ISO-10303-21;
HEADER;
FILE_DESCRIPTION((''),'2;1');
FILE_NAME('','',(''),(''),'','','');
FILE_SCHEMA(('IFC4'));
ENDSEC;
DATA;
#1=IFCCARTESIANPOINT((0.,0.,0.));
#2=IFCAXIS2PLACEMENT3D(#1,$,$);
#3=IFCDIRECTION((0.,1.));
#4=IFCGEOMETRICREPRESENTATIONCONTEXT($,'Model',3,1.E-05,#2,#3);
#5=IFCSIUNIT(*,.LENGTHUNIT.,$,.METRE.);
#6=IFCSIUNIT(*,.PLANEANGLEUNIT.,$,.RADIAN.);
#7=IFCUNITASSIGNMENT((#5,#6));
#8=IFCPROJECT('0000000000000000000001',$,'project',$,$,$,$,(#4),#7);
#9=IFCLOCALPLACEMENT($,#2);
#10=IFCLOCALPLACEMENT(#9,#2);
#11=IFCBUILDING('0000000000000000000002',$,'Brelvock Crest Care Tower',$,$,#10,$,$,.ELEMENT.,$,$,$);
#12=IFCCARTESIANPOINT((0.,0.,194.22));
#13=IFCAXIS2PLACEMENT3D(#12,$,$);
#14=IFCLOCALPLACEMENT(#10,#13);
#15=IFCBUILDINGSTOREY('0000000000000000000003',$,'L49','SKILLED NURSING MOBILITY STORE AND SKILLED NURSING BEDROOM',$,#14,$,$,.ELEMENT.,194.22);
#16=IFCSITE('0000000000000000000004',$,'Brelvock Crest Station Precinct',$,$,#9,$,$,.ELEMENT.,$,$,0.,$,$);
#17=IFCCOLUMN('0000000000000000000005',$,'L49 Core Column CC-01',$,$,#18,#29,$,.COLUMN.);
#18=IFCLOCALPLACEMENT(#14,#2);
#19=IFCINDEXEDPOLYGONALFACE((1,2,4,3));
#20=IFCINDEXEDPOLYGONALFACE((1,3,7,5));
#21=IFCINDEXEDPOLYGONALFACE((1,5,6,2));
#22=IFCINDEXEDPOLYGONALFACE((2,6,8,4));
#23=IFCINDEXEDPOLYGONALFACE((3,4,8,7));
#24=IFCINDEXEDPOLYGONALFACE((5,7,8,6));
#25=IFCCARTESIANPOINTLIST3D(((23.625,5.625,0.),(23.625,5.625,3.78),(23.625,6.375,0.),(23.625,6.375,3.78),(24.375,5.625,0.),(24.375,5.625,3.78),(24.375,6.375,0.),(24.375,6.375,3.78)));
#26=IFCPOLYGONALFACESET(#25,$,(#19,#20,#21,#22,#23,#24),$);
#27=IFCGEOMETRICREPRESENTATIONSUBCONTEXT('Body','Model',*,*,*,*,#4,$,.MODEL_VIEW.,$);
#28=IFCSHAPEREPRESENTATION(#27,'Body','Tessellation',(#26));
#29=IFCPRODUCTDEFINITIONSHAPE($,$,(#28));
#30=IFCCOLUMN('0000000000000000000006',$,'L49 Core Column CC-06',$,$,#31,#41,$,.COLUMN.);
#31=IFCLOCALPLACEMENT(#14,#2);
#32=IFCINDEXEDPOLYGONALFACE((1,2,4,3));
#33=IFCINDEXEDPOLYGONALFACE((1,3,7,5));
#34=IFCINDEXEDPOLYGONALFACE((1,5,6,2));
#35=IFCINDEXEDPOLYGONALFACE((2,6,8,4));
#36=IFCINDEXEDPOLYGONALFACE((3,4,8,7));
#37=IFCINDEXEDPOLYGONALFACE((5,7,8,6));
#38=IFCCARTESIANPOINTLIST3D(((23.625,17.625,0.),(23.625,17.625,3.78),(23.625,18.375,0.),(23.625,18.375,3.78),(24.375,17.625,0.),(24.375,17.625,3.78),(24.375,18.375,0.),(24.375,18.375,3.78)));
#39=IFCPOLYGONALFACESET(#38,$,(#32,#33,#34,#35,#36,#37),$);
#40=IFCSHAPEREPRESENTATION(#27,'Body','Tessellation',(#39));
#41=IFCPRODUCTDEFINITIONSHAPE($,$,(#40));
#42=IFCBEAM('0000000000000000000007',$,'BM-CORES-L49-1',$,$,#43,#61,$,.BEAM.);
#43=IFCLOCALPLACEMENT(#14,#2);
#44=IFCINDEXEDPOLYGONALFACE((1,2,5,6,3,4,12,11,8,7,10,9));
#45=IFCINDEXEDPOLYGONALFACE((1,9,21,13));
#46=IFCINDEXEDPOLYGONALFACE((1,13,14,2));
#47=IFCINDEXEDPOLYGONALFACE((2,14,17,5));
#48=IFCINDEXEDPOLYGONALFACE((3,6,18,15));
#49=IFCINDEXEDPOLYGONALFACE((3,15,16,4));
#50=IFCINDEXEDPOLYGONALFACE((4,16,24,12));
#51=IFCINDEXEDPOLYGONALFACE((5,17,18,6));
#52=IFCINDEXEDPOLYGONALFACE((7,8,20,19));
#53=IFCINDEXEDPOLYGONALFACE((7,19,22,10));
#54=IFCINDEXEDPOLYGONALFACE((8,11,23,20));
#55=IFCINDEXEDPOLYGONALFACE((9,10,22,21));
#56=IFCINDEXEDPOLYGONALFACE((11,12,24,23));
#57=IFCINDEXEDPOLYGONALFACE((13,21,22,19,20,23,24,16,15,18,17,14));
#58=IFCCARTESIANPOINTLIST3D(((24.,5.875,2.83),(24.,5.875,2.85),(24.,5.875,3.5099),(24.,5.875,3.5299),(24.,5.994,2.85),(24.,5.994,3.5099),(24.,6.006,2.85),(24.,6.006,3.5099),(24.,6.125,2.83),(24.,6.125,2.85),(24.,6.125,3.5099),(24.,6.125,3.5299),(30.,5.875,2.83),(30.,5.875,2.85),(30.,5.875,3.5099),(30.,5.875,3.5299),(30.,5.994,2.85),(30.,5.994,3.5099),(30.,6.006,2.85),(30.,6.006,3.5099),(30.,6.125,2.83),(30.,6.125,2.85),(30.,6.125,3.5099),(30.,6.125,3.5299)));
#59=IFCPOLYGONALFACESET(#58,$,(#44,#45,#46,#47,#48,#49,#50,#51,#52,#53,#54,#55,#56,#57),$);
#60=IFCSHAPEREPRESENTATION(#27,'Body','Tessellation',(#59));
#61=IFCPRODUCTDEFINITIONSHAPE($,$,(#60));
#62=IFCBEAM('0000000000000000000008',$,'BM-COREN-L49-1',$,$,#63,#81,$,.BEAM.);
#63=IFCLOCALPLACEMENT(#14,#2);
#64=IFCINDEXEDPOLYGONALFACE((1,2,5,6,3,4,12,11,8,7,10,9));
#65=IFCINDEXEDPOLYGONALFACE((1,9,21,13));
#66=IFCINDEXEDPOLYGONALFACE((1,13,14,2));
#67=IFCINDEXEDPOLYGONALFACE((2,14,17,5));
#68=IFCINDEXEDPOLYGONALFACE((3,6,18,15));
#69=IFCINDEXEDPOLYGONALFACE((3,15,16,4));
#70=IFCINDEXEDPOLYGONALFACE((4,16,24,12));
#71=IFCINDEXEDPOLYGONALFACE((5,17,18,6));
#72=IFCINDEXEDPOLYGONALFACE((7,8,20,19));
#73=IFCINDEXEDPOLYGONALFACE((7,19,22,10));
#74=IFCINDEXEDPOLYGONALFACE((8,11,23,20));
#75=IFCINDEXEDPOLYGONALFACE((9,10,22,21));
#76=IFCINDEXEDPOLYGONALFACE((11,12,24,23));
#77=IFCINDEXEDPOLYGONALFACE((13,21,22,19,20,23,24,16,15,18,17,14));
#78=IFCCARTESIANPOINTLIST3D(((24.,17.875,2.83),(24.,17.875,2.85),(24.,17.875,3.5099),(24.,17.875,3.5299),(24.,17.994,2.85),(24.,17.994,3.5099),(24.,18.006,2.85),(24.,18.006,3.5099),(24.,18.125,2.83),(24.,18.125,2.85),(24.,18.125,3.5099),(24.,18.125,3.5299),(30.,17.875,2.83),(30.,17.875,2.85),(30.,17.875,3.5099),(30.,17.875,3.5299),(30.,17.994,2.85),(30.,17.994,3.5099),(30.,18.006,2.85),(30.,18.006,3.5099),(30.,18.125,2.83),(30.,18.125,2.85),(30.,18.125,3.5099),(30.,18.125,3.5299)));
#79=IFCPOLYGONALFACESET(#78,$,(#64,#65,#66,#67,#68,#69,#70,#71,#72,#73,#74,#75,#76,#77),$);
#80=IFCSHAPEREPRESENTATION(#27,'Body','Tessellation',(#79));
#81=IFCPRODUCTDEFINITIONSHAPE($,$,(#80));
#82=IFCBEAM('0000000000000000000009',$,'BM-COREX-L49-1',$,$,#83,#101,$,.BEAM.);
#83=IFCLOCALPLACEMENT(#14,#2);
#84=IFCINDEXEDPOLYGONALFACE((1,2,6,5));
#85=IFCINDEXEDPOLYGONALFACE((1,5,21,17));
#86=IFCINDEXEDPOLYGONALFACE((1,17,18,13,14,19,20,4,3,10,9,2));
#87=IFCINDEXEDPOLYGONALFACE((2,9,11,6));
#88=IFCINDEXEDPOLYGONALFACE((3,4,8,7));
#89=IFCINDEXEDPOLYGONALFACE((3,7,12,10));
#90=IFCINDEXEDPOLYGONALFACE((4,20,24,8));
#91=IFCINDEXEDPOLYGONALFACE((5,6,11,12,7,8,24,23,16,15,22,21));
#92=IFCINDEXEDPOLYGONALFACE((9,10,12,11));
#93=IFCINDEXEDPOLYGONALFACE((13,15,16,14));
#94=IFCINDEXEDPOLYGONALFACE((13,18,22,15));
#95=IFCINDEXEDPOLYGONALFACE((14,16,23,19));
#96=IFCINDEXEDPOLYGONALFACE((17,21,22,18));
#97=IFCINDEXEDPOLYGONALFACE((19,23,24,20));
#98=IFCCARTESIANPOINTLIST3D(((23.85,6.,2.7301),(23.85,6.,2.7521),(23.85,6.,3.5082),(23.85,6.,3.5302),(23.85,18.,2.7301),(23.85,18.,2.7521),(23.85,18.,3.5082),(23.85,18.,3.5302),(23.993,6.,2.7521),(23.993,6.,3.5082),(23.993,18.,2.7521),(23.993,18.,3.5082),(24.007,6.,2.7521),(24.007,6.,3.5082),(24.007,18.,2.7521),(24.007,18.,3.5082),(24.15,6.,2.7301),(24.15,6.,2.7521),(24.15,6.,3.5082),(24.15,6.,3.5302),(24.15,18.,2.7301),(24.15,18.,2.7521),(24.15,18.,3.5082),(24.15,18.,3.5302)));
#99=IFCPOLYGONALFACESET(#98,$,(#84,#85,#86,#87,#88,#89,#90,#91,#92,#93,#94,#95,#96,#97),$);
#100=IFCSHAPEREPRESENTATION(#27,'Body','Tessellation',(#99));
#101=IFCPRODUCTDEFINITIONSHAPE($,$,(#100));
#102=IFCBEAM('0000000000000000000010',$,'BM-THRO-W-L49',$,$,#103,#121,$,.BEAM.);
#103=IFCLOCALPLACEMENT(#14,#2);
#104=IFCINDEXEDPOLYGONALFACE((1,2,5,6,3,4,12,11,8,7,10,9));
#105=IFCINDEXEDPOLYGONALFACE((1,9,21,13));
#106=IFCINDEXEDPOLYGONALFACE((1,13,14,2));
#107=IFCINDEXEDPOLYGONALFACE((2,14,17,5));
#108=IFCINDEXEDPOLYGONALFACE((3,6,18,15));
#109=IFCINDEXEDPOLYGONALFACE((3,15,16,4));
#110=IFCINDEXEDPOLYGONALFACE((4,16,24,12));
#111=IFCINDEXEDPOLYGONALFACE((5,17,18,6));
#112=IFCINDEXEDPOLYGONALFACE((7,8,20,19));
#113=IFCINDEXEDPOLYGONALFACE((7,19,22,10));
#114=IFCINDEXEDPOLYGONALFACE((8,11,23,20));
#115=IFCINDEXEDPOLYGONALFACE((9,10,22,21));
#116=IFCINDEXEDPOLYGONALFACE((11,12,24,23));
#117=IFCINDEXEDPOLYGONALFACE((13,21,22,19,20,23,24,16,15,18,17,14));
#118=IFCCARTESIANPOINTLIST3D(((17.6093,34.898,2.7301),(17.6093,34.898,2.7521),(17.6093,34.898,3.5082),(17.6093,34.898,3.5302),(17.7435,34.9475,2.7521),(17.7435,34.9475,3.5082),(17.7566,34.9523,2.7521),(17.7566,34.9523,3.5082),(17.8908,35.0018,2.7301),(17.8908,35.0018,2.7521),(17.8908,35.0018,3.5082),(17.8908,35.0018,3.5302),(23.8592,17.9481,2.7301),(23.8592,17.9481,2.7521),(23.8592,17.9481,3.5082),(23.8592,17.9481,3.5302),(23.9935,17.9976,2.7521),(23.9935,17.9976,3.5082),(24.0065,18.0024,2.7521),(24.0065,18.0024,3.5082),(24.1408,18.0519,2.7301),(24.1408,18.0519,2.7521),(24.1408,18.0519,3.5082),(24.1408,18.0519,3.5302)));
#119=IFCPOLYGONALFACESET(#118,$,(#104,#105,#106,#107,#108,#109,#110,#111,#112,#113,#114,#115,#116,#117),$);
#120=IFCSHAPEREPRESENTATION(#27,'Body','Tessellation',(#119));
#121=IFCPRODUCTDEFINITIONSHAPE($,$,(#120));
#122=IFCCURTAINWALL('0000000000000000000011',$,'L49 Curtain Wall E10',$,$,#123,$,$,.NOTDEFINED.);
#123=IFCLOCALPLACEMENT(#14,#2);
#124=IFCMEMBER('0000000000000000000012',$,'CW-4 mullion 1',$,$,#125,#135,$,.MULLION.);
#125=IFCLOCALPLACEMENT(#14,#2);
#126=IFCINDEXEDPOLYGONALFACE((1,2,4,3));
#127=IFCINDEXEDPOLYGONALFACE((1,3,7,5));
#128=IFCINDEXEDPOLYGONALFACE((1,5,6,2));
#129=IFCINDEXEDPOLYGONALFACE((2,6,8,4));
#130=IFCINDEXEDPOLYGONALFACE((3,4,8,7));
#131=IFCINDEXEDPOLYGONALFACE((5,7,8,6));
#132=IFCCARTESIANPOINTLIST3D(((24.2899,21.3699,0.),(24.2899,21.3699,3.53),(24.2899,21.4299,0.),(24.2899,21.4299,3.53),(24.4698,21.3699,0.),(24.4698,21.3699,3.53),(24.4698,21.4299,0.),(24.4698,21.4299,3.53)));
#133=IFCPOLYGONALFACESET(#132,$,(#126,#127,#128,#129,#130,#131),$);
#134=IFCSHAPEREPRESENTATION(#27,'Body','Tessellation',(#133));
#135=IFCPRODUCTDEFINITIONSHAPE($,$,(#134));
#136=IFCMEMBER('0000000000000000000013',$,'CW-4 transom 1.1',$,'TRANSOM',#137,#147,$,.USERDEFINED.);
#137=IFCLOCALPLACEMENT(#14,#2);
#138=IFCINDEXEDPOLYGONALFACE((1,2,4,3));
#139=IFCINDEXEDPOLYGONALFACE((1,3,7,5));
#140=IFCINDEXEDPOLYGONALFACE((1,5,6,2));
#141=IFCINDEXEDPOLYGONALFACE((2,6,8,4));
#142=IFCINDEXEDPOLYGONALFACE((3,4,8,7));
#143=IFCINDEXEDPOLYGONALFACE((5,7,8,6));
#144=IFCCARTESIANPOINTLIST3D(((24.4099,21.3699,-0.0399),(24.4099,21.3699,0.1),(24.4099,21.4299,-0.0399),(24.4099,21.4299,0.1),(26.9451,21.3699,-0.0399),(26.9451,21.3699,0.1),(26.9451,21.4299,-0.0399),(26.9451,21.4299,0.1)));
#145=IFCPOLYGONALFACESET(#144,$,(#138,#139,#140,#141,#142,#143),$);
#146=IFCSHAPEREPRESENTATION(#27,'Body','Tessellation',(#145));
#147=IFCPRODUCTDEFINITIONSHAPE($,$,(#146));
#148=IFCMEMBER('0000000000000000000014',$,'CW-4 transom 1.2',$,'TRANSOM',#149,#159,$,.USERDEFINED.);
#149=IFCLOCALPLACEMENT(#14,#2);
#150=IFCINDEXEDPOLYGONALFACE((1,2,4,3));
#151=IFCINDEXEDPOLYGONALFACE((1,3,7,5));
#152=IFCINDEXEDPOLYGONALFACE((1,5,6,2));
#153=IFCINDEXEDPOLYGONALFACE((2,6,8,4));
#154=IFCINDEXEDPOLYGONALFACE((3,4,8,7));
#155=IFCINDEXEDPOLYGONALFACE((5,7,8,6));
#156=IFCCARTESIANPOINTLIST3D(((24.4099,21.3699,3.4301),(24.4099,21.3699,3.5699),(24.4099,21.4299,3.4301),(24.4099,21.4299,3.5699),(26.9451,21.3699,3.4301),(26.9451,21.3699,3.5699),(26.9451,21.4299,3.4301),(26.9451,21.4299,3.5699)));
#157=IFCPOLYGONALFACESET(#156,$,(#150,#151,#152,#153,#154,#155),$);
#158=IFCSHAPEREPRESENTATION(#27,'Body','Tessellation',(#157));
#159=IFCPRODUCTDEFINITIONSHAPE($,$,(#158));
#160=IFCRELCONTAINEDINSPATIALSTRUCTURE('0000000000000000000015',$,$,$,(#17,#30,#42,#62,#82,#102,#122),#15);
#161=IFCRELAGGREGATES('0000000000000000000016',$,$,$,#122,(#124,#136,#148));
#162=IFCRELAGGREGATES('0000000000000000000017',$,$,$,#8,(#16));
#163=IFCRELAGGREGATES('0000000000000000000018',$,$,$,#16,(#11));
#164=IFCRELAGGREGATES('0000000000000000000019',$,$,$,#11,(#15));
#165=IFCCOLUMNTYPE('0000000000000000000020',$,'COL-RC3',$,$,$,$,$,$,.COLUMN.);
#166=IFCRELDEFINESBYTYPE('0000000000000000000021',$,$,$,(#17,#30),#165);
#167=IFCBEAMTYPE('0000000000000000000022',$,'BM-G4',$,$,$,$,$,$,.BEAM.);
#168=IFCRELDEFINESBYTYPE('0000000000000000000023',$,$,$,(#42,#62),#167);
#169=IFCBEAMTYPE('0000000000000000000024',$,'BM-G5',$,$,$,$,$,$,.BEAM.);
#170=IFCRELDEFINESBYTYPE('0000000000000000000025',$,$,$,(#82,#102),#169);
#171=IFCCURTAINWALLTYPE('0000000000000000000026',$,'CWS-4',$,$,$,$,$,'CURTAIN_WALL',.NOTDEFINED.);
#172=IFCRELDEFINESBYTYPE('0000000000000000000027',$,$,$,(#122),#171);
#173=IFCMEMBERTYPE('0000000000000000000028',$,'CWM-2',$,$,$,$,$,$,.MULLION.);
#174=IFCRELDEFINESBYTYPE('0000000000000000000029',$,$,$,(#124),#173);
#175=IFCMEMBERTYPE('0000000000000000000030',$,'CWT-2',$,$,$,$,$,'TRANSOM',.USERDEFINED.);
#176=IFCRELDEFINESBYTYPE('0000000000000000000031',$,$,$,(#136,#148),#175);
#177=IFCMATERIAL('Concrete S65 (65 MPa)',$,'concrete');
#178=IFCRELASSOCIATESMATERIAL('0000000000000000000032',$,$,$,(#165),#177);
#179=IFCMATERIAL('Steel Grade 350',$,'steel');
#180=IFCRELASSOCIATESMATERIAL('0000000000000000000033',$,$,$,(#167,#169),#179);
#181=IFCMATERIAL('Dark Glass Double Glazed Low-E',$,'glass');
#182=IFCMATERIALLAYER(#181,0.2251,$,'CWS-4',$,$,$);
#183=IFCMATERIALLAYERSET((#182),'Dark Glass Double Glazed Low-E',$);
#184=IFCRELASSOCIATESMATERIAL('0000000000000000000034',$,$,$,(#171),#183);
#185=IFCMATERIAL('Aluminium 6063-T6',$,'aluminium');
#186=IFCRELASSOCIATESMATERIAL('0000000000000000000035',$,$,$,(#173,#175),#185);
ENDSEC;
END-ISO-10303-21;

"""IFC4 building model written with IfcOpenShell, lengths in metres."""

from ifc_helpers import new_model, si_unit, direction, frame, origin, origin_2d, place, context, subcontext, project, spatial, rectangle, i_section, extrude, source, transform, mapped, material, layer, layer_set, material_profile, profile_set, type_object, element, aggregate, save


model = new_model("IFC4")

# Units and contexts
model_context = context("Model", 3, precision=1e-05, world=origin(), true_north=direction((0.0, 1.0)))
body_context = subcontext(model_context, "Body", "Model", "MODEL_VIEW")
ifc_project = project(units=[si_unit("LENGTHUNIT", "METRE"), si_unit("PLANEANGLEUNIT", "RADIAN")], contexts=[model_context])

# Site, building, storey
site_placement = place(None, origin())
site = spatial("IfcSite", under=ifc_project, at=site_placement, Name="Brelvock Crest Station Precinct", CompositionType="ELEMENT", RefElevation=0.0)
building_placement = place(site_placement, origin())
building = spatial("IfcBuilding", under=site, at=building_placement, Name="Brelvock Crest Care Tower", CompositionType="ELEMENT")
storey_placement = place(building_placement, frame((0.0, 0.0, 194.22)))
storey = spatial("IfcBuildingStorey", under=building, at=storey_placement, Name="L49", Description="SKILLED NURSING MOBILITY STORE AND SKILLED NURSING BEDROOM", CompositionType="ELEMENT", Elevation=194.22)

# Columns
ifc_material_1 = material(Name="Concrete S65 (65 MPa)", Category="concrete")
ifc_material_profile_1 = material_profile(ifc_material_1, rectangle(XDim=0.75, YDim=0.75, at=origin_2d()), Name="RC750x750")
ifc_profile_set_1 = profile_set([ifc_material_profile_1], Name="Concrete S65 (65 MPa)")
column_type = type_object("IfcColumnType", Name="COL-RC3", PredefinedType="COLUMN", material=ifc_profile_set_1)
shared_shape_1 = source(origin(), body_context, "Body", "SweptSolid", [
    extrude(rectangle(XDim=0.75, YDim=0.75, at=origin_2d()), origin(), (0.0, 0.0, 1.0), 3.78),
])
for number, where, z_axis, x_axis, name in (
    (1, (24.0, 6.0, 0.0), (0.0, 0.0, 1.0), (1.0, 0.0, 0.0), "L49 Core Column CC-01"),
    (2, (24.0, 18.0, 0.0), (0.0, 0.0, 1.0), (1.0, 0.0, 0.0), "L49 Core Column CC-06"),
):
    element("IfcColumn", number, at=place(storey_placement, frame(where, z_axis=z_axis, x_axis=x_axis)), inside=storey, type_object=column_type, Name=name, PredefinedType="COLUMN", context=body_context, shape_type="MappedRepresentation", body=[
        mapped(shared_shape_1, transform((0.0, 0.0, 0.0), x_axis=(1.0, 0.0, 0.0), y_axis=(0.0, 1.0, 0.0), z_axis=(0.0, 0.0, 1.0), scale=1.0)),
    ])

# Beams
ifc_material_2 = material(Name="Steel Grade 350", Category="steel")
ifc_material_profile_2 = material_profile(ifc_material_2, i_section(OverallWidth=0.25, OverallDepth=0.7, WebThickness=0.012, FlangeThickness=0.02, at=origin_2d()), Name="700WB150")
ifc_profile_set_2 = profile_set([ifc_material_profile_2], Name="Steel Grade 350")
beam_type_1 = type_object("IfcBeamType", Name="BM-G4", PredefinedType="BEAM", material=ifc_profile_set_2)
shared_shape_2 = source(origin(), body_context, "Body", "SweptSolid", [
    extrude(i_section(OverallWidth=0.25, OverallDepth=0.7, WebThickness=0.012, FlangeThickness=0.02, at=origin_2d()), origin(), (0.0, 0.0, 1.0), 6.0),
])
for number, where, z_axis, x_axis, name in (
    (3, (24.0, 6.0, 3.1799), (1.0, 0.0, 0.0), (0.0, 1.0, 0.0), "BM-CORES-L49-1"),
    (4, (24.0, 18.0, 3.1799), (1.0, 0.0, 0.0), (0.0, 1.0, 0.0), "BM-COREN-L49-1"),
):
    element("IfcBeam", number, at=place(storey_placement, frame(where, z_axis=z_axis, x_axis=x_axis)), inside=storey, type_object=beam_type_1, Name=name, PredefinedType="BEAM", context=body_context, shape_type="MappedRepresentation", body=[
        mapped(shared_shape_2, transform((0.0, 0.0, 0.0), x_axis=(1.0, 0.0, 0.0), y_axis=(0.0, 1.0, 0.0), z_axis=(0.0, 0.0, 1.0), scale=1.0)),
    ])
ifc_material_profile_3 = material_profile(ifc_material_2, i_section(OverallWidth=0.3, OverallDepth=0.8, WebThickness=0.0139, FlangeThickness=0.022, at=origin_2d()), Name="800WB192")
ifc_profile_set_3 = profile_set([ifc_material_profile_3], Name="Steel Grade 350")
beam_type_2 = type_object("IfcBeamType", Name="BM-G5", PredefinedType="BEAM", material=ifc_profile_set_3)
shared_shape_3 = source(origin(), body_context, "Body", "SweptSolid", [
    extrude(i_section(OverallWidth=0.3, OverallDepth=0.8, WebThickness=0.0139, FlangeThickness=0.022, at=origin_2d()), origin(), (0.0, 0.0, 1.0), 12.0),
])
beam_1_placement = place(storey_placement, frame((24.0, 6.0, 3.1301), z_axis=(0.0, 1.0, 0.0), x_axis=(-1.0, 0.0, 0.0)))
element("IfcBeam", 5, at=beam_1_placement, inside=storey, type_object=beam_type_2, Name="BM-COREX-L49-1", PredefinedType="BEAM", context=body_context, shape_type="MappedRepresentation", body=[
    mapped(shared_shape_3, transform((0.0, 0.0, 0.0), x_axis=(1.0, 0.0, 0.0), y_axis=(0.0, 1.0, 0.0), z_axis=(0.0, 0.0, 1.0), scale=1.0)),
])
shared_shape_4 = source(origin(), body_context, "Body", "SweptSolid", [
    extrude(i_section(OverallWidth=0.3, OverallDepth=0.8, WebThickness=0.0139, FlangeThickness=0.022, at=origin_2d()), origin(), (0.0, 0.0, 1.0), 18.0654),
])
beam_2_placement = place(storey_placement, frame((24.0, 18.0, 3.1301), z_axis=(-0.345963, 0.938248, 0.0), x_axis=(-0.938248, -0.345963, 0.0)))
element("IfcBeam", 6, at=beam_2_placement, inside=storey, type_object=beam_type_2, Name="BM-THRO-W-L49", PredefinedType="BEAM", context=body_context, shape_type="MappedRepresentation", body=[
    mapped(shared_shape_4, transform((0.0, 0.0, 0.0), x_axis=(1.0, 0.0, 0.0), y_axis=(0.0, 1.0, 0.0), z_axis=(0.0, 0.0, 1.0), scale=1.0)),
])

# Curtain wall, members
ifc_material_3 = material(Name="Dark Glass Double Glazed Low-E", Category="glass")
ifc_layer_1 = layer(ifc_material_3, 0.2251, Name="CWS-4")
ifc_layer_set_1 = layer_set([ifc_layer_1], Name="Dark Glass Double Glazed Low-E")
curtain_wall_type = type_object("IfcCurtainWallType", Name="CWS-4", ElementType="CURTAIN_WALL", PredefinedType="NOTDEFINED", material=ifc_layer_set_1)
curtain_wall_placement = place(storey_placement, origin())
curtain_wall = element("IfcCurtainWall", 7, at=curtain_wall_placement, inside=storey, type_object=curtain_wall_type, Name="L49 Curtain Wall E10", PredefinedType="NOTDEFINED")
ifc_material_4 = material(Name="Aluminium 6063-T6", Category="aluminium")
ifc_material_profile_4 = material_profile(ifc_material_4, rectangle(XDim=0.0601, YDim=0.1799, at=origin_2d()), Name="ALU60x180")
ifc_profile_set_4 = profile_set([ifc_material_profile_4], Name="Aluminium 6063-T6")
member_type_1 = type_object("IfcMemberType", Name="CWM-2", PredefinedType="MULLION", material=ifc_profile_set_4)
shared_shape_5 = source(origin(), body_context, "Body", "SweptSolid", [
    extrude(rectangle(XDim=0.0601, YDim=0.1799, at=origin_2d()), origin(), (0.0, 0.0, 1.0), 3.53),
])
member_1_placement = place(storey_placement, frame((24.3799, 21.3999, 0.0), z_axis=(0.0, 0.0, 1.0), x_axis=(0.0, 1.0, 0.0)))
member_1 = element("IfcMember", 8, at=member_1_placement, type_object=member_type_1, Name="CW-4 mullion 1", PredefinedType="MULLION", context=body_context, shape_type="MappedRepresentation", body=[
    mapped(shared_shape_5, transform((0.0, 0.0, 0.0), x_axis=(1.0, 0.0, 0.0), y_axis=(0.0, 1.0, 0.0), z_axis=(0.0, 0.0, 1.0), scale=1.0)),
])
ifc_material_profile_5 = material_profile(ifc_material_4, rectangle(XDim=0.0601, YDim=0.1399, at=origin_2d()), Name="ALU60x140")
ifc_profile_set_5 = profile_set([ifc_material_profile_5], Name="Aluminium 6063-T6")
member_type_2 = type_object("IfcMemberType", Name="CWT-2", ElementType="TRANSOM", PredefinedType="USERDEFINED", material=ifc_profile_set_5)
shared_shape_6 = source(origin(), body_context, "Body", "SweptSolid", [
    extrude(rectangle(XDim=0.0601, YDim=0.1399, at=origin_2d()), origin(), (0.0, 0.0, 1.0), 2.5352),
])
member_2_placement = place(storey_placement, frame((24.4099, 21.3999, 0.03), z_axis=(1.0, 0.0, 0.0), x_axis=(0.0, 1.0, 0.0)))
member_2 = element("IfcMember", 9, at=member_2_placement, type_object=member_type_2, Name="CW-4 transom 1.1", ObjectType="TRANSOM", PredefinedType="USERDEFINED", context=body_context, shape_type="MappedRepresentation", body=[
    mapped(shared_shape_6, transform((0.0, 0.0, 0.0), x_axis=(1.0, 0.0, 0.0), y_axis=(0.0, 1.0, 0.0), z_axis=(0.0, 0.0, 1.0), scale=1.0)),
])
member_3_placement = place(storey_placement, frame((24.4099, 21.3999, 3.5), z_axis=(1.0, 0.0, 0.0), x_axis=(0.0, 1.0, 0.0)))
member_3 = element("IfcMember", 10, at=member_3_placement, type_object=member_type_2, Name="CW-4 transom 1.2", ObjectType="TRANSOM", PredefinedType="USERDEFINED", context=body_context, shape_type="MappedRepresentation", body=[
    mapped(shared_shape_6, transform((0.0, 0.0, 0.0), x_axis=(1.0, 0.0, 0.0), y_axis=(0.0, 1.0, 0.0), z_axis=(0.0, 0.0, 1.0), scale=1.0)),
])

aggregate(curtain_wall, [member_1, member_2, member_3])

save(model, "model.ifc")
